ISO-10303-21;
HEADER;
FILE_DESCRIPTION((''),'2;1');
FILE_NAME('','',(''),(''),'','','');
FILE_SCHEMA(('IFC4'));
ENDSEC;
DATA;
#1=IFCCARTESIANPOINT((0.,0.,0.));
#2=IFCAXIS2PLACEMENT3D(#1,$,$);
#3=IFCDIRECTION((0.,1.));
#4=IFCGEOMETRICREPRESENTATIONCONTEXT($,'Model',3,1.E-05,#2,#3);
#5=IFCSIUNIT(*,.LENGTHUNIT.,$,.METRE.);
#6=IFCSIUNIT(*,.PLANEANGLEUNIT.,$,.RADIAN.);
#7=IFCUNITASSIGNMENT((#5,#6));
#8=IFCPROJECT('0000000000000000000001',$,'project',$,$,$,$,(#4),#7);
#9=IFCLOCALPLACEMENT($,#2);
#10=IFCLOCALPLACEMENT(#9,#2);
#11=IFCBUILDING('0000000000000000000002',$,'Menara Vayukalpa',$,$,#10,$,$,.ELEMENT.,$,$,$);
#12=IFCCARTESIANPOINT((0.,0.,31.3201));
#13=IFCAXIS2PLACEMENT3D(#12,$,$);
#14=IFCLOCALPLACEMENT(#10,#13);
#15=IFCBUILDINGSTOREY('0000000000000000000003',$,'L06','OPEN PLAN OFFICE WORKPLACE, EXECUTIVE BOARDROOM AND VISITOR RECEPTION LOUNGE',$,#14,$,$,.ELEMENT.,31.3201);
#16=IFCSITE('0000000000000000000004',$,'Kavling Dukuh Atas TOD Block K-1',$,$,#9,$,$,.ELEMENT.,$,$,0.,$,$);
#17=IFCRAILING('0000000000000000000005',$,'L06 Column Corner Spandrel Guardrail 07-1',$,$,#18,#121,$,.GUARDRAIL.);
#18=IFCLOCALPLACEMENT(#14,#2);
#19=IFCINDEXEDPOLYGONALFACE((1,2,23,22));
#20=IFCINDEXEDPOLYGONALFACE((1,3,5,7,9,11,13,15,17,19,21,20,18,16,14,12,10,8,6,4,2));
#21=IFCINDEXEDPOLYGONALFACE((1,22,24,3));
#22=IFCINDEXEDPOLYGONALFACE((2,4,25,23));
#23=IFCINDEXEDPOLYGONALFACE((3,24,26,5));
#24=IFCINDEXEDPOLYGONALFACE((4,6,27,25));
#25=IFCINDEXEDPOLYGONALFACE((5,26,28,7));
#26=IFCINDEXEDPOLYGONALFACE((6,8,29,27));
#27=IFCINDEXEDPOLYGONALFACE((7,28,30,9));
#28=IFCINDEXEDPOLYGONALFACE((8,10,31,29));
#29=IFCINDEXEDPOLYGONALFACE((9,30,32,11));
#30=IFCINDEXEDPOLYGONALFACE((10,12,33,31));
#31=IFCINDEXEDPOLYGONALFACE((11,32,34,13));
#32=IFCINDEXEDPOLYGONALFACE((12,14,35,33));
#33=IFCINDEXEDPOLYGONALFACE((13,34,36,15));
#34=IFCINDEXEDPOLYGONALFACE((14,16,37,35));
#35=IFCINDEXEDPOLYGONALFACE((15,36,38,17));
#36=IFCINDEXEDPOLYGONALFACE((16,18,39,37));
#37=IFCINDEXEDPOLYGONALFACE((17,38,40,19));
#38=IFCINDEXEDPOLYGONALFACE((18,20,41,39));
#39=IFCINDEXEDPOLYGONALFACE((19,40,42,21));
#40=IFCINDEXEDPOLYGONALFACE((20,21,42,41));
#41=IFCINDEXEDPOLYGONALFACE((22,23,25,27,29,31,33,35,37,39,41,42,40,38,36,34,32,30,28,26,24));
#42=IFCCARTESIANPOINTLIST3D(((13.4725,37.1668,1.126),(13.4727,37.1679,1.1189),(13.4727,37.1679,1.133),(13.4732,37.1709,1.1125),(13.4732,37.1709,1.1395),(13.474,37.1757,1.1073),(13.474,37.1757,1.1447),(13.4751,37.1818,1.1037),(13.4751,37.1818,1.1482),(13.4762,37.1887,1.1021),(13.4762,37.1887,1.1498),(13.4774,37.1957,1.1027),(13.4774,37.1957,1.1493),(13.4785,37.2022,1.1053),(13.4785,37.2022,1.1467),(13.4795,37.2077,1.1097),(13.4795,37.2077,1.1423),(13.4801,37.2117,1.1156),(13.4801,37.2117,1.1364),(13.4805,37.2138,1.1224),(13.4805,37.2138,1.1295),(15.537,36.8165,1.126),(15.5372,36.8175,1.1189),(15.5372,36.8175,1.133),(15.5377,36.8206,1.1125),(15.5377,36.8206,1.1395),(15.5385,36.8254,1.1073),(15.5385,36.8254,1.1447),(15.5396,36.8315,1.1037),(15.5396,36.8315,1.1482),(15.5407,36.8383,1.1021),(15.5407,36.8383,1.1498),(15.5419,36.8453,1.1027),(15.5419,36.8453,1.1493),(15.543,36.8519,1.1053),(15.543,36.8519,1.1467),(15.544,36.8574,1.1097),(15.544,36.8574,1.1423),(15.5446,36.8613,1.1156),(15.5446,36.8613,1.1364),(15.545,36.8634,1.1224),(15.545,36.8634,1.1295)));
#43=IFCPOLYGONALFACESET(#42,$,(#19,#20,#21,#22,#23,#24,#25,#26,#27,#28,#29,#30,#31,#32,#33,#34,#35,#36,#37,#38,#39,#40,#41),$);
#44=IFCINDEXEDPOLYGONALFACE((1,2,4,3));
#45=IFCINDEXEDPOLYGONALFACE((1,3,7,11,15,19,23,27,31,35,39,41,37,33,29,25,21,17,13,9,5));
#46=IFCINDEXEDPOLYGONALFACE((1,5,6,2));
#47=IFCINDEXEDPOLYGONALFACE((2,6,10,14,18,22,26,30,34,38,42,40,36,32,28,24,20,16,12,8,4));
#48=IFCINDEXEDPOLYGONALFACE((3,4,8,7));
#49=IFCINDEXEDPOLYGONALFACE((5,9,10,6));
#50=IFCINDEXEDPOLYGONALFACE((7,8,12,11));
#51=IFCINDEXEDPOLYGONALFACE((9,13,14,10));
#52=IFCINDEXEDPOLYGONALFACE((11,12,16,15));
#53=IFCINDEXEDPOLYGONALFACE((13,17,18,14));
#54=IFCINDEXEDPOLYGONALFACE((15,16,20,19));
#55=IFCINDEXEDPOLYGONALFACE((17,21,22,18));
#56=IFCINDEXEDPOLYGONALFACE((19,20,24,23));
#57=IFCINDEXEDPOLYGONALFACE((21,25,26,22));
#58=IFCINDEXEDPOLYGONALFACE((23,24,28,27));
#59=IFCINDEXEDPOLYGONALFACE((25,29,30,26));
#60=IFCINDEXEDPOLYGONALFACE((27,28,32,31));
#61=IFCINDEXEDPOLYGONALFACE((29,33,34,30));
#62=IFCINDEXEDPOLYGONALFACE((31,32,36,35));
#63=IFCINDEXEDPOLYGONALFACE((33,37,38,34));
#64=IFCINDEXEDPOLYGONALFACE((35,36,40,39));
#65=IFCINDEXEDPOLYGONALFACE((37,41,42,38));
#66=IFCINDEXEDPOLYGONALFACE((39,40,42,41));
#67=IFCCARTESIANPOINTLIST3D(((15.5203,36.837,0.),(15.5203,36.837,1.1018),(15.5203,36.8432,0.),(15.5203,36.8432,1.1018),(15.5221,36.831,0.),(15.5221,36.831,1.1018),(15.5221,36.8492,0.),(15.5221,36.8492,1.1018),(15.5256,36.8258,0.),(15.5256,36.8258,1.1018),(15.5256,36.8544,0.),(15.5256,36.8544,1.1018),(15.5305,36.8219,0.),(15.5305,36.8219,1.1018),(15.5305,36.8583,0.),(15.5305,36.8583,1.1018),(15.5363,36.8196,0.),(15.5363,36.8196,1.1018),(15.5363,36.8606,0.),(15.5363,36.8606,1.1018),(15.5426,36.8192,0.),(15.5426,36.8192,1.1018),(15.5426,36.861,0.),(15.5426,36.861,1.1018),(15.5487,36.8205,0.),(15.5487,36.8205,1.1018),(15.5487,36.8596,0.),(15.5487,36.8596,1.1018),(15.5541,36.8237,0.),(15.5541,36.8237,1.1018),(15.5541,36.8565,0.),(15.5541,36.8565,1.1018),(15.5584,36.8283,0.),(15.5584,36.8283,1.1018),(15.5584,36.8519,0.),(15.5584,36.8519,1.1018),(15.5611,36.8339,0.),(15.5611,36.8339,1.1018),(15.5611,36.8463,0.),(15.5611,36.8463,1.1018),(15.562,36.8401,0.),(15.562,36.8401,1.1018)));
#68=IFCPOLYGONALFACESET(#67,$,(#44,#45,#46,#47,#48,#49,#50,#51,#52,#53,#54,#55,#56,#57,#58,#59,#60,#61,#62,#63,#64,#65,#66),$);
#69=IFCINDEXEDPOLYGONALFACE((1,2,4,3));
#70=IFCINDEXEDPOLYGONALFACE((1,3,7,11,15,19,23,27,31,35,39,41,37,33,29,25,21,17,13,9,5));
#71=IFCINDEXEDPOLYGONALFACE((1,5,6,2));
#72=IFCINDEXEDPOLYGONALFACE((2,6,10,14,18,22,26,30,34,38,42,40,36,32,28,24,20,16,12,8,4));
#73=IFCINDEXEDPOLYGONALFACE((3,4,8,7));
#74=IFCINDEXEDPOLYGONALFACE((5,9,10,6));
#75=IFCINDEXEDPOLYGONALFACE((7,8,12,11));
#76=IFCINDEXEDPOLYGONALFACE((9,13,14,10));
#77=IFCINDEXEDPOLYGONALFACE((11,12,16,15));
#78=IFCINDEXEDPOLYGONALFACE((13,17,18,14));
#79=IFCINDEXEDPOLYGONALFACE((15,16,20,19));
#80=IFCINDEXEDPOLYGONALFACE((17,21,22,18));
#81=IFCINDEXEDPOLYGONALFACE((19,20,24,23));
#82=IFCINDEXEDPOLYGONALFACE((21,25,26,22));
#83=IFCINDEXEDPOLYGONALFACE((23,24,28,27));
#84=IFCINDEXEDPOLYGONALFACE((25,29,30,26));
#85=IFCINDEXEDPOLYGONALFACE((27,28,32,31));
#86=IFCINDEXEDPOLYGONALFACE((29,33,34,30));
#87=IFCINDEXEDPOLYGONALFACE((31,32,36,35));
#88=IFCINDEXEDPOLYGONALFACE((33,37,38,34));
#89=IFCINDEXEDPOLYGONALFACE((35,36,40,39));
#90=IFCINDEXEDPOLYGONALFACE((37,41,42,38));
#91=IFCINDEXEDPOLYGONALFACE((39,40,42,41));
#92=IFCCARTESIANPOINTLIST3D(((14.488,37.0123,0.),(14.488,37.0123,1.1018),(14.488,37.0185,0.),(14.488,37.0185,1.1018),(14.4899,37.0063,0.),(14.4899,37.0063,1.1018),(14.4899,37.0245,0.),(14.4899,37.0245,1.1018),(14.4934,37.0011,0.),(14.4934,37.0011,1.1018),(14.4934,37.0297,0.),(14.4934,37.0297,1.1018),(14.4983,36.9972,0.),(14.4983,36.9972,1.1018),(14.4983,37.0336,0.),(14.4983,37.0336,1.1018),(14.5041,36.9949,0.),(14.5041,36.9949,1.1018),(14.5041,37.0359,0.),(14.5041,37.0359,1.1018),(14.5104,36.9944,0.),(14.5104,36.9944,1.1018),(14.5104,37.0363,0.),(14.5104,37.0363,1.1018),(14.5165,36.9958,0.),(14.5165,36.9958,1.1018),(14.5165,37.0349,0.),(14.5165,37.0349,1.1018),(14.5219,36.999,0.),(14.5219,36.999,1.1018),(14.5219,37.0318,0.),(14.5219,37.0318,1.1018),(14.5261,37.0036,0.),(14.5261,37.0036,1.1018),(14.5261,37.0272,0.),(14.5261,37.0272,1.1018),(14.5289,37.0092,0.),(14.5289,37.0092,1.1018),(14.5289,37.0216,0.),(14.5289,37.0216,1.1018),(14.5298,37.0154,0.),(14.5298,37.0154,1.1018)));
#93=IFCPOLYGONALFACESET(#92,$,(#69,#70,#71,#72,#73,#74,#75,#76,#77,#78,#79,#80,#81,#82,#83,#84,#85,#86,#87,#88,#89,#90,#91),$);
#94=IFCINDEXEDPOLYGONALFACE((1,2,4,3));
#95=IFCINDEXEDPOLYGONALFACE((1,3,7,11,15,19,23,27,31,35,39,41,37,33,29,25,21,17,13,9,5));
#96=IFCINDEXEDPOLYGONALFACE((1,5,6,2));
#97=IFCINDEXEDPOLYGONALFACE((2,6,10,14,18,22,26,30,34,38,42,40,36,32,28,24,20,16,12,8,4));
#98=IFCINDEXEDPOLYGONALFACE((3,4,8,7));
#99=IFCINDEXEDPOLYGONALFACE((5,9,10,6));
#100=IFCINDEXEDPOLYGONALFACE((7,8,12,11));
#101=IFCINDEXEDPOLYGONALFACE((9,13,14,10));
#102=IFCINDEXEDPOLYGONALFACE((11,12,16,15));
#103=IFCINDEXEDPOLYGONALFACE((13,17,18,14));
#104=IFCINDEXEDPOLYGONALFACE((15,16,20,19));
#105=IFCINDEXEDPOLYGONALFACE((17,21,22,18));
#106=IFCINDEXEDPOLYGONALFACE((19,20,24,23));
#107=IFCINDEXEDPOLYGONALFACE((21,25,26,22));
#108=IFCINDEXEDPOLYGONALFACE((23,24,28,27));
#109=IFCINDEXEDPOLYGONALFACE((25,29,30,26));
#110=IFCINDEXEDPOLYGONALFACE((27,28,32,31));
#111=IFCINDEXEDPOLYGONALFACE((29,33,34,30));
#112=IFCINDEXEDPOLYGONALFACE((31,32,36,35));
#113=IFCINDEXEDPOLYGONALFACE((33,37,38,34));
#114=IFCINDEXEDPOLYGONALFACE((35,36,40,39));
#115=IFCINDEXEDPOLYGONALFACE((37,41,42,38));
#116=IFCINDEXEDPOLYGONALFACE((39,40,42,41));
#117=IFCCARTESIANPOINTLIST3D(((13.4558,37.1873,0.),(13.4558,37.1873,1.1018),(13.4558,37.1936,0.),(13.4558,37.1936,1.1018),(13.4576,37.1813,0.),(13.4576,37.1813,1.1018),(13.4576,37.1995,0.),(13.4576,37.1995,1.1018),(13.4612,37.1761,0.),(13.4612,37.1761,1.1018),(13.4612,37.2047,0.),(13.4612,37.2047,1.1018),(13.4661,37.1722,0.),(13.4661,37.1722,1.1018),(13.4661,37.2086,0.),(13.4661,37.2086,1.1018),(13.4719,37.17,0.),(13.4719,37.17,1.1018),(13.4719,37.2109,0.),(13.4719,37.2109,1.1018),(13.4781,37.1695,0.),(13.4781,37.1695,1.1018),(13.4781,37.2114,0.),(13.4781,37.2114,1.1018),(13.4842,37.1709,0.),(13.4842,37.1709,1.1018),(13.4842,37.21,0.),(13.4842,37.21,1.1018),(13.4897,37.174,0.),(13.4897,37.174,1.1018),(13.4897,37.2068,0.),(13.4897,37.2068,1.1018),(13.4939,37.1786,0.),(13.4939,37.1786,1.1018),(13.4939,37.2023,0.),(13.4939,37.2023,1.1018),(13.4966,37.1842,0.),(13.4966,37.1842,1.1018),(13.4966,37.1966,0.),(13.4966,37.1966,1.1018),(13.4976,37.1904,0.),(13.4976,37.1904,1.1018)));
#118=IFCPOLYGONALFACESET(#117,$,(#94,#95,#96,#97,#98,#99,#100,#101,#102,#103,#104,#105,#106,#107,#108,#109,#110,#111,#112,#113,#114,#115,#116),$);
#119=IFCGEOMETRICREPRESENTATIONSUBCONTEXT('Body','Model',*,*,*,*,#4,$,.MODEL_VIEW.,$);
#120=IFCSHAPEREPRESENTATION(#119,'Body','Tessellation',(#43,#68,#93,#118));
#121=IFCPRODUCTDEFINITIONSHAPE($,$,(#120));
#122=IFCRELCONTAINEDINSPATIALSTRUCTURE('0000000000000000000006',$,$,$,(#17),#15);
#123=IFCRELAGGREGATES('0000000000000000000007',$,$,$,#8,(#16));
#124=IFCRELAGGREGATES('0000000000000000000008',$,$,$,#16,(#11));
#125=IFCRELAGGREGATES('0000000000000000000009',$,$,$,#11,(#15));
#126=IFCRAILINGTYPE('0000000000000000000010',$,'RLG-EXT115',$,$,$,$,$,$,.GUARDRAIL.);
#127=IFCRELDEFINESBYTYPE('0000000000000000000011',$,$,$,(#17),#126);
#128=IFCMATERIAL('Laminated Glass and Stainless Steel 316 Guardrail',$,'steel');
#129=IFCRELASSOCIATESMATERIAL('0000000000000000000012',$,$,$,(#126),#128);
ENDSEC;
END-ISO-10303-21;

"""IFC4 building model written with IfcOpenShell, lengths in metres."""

from ifc_helpers import new_model, si_unit, direction, frame, origin, origin_2d, place, context, subcontext, project, spatial, circle, extrude, material, type_object, element, save


model = new_model("IFC4")

# Units and contexts
model_context = context("Model", 3, precision=1e-05, world=origin(), true_north=direction((0.0, 1.0)))
body_context = subcontext(model_context, "Body", "Model", "MODEL_VIEW")
ifc_project = project(units=[si_unit("LENGTHUNIT", "METRE"), si_unit("PLANEANGLEUNIT", "RADIAN")], contexts=[model_context])

# Site, building, storey
site_placement = place(None, origin())
site = spatial("IfcSite", under=ifc_project, at=site_placement, Name="Kavling Dukuh Atas TOD Block K-1", CompositionType="ELEMENT", RefElevation=0.0)
building_placement = place(site_placement, origin())
building = spatial("IfcBuilding", under=site, at=building_placement, Name="Menara Vayukalpa", CompositionType="ELEMENT")
storey_placement = place(building_placement, frame((0.0, 0.0, 31.3201)))
storey = spatial("IfcBuildingStorey", under=building, at=storey_placement, Name="L06", Description="OPEN PLAN OFFICE WORKPLACE, EXECUTIVE BOARDROOM AND VISITOR RECEPTION LOUNGE", CompositionType="ELEMENT", Elevation=31.3201)

# Railing
ifc_material_1 = material(Name="Laminated Glass and Stainless Steel 316 Guardrail", Category="steel")
railing_type = type_object("IfcRailingType", Name="RLG-EXT115", PredefinedType="GUARDRAIL", material=ifc_material_1)
railing_1_placement = place(storey_placement, frame((15.541, 36.8401, 0.0)))
element("IfcRailing", 1, at=railing_1_placement, inside=storey, type_object=railing_type, Name="L06 Column Corner Spandrel Guardrail 07-1", PredefinedType="GUARDRAIL", context=body_context, shape_type="SweptSolid", body=[
    extrude(circle(Radius=0.0239, at=origin_2d()), frame((0.0, 0.0, 1.126), z_axis=(-0.985904, 0.16731, 0.0), x_axis=(-0.16731, -0.985904, 0.0)), (0.0, 0.0, 1.0), 2.094),
    extrude(circle(Radius=0.021, at=origin_2d()), origin(), (0.0, 0.0, 1.0), 1.1018),
    extrude(circle(Radius=0.021, at=origin_2d()), frame((-1.0322, 0.1753, 0.0)), (0.0, 0.0, 1.0), 1.1018),
    extrude(circle(Radius=0.021, at=origin_2d()), frame((-2.0645, 0.3503, 0.0)), (0.0, 0.0, 1.0), 1.1018),
])

save(model, "model.ifc")
